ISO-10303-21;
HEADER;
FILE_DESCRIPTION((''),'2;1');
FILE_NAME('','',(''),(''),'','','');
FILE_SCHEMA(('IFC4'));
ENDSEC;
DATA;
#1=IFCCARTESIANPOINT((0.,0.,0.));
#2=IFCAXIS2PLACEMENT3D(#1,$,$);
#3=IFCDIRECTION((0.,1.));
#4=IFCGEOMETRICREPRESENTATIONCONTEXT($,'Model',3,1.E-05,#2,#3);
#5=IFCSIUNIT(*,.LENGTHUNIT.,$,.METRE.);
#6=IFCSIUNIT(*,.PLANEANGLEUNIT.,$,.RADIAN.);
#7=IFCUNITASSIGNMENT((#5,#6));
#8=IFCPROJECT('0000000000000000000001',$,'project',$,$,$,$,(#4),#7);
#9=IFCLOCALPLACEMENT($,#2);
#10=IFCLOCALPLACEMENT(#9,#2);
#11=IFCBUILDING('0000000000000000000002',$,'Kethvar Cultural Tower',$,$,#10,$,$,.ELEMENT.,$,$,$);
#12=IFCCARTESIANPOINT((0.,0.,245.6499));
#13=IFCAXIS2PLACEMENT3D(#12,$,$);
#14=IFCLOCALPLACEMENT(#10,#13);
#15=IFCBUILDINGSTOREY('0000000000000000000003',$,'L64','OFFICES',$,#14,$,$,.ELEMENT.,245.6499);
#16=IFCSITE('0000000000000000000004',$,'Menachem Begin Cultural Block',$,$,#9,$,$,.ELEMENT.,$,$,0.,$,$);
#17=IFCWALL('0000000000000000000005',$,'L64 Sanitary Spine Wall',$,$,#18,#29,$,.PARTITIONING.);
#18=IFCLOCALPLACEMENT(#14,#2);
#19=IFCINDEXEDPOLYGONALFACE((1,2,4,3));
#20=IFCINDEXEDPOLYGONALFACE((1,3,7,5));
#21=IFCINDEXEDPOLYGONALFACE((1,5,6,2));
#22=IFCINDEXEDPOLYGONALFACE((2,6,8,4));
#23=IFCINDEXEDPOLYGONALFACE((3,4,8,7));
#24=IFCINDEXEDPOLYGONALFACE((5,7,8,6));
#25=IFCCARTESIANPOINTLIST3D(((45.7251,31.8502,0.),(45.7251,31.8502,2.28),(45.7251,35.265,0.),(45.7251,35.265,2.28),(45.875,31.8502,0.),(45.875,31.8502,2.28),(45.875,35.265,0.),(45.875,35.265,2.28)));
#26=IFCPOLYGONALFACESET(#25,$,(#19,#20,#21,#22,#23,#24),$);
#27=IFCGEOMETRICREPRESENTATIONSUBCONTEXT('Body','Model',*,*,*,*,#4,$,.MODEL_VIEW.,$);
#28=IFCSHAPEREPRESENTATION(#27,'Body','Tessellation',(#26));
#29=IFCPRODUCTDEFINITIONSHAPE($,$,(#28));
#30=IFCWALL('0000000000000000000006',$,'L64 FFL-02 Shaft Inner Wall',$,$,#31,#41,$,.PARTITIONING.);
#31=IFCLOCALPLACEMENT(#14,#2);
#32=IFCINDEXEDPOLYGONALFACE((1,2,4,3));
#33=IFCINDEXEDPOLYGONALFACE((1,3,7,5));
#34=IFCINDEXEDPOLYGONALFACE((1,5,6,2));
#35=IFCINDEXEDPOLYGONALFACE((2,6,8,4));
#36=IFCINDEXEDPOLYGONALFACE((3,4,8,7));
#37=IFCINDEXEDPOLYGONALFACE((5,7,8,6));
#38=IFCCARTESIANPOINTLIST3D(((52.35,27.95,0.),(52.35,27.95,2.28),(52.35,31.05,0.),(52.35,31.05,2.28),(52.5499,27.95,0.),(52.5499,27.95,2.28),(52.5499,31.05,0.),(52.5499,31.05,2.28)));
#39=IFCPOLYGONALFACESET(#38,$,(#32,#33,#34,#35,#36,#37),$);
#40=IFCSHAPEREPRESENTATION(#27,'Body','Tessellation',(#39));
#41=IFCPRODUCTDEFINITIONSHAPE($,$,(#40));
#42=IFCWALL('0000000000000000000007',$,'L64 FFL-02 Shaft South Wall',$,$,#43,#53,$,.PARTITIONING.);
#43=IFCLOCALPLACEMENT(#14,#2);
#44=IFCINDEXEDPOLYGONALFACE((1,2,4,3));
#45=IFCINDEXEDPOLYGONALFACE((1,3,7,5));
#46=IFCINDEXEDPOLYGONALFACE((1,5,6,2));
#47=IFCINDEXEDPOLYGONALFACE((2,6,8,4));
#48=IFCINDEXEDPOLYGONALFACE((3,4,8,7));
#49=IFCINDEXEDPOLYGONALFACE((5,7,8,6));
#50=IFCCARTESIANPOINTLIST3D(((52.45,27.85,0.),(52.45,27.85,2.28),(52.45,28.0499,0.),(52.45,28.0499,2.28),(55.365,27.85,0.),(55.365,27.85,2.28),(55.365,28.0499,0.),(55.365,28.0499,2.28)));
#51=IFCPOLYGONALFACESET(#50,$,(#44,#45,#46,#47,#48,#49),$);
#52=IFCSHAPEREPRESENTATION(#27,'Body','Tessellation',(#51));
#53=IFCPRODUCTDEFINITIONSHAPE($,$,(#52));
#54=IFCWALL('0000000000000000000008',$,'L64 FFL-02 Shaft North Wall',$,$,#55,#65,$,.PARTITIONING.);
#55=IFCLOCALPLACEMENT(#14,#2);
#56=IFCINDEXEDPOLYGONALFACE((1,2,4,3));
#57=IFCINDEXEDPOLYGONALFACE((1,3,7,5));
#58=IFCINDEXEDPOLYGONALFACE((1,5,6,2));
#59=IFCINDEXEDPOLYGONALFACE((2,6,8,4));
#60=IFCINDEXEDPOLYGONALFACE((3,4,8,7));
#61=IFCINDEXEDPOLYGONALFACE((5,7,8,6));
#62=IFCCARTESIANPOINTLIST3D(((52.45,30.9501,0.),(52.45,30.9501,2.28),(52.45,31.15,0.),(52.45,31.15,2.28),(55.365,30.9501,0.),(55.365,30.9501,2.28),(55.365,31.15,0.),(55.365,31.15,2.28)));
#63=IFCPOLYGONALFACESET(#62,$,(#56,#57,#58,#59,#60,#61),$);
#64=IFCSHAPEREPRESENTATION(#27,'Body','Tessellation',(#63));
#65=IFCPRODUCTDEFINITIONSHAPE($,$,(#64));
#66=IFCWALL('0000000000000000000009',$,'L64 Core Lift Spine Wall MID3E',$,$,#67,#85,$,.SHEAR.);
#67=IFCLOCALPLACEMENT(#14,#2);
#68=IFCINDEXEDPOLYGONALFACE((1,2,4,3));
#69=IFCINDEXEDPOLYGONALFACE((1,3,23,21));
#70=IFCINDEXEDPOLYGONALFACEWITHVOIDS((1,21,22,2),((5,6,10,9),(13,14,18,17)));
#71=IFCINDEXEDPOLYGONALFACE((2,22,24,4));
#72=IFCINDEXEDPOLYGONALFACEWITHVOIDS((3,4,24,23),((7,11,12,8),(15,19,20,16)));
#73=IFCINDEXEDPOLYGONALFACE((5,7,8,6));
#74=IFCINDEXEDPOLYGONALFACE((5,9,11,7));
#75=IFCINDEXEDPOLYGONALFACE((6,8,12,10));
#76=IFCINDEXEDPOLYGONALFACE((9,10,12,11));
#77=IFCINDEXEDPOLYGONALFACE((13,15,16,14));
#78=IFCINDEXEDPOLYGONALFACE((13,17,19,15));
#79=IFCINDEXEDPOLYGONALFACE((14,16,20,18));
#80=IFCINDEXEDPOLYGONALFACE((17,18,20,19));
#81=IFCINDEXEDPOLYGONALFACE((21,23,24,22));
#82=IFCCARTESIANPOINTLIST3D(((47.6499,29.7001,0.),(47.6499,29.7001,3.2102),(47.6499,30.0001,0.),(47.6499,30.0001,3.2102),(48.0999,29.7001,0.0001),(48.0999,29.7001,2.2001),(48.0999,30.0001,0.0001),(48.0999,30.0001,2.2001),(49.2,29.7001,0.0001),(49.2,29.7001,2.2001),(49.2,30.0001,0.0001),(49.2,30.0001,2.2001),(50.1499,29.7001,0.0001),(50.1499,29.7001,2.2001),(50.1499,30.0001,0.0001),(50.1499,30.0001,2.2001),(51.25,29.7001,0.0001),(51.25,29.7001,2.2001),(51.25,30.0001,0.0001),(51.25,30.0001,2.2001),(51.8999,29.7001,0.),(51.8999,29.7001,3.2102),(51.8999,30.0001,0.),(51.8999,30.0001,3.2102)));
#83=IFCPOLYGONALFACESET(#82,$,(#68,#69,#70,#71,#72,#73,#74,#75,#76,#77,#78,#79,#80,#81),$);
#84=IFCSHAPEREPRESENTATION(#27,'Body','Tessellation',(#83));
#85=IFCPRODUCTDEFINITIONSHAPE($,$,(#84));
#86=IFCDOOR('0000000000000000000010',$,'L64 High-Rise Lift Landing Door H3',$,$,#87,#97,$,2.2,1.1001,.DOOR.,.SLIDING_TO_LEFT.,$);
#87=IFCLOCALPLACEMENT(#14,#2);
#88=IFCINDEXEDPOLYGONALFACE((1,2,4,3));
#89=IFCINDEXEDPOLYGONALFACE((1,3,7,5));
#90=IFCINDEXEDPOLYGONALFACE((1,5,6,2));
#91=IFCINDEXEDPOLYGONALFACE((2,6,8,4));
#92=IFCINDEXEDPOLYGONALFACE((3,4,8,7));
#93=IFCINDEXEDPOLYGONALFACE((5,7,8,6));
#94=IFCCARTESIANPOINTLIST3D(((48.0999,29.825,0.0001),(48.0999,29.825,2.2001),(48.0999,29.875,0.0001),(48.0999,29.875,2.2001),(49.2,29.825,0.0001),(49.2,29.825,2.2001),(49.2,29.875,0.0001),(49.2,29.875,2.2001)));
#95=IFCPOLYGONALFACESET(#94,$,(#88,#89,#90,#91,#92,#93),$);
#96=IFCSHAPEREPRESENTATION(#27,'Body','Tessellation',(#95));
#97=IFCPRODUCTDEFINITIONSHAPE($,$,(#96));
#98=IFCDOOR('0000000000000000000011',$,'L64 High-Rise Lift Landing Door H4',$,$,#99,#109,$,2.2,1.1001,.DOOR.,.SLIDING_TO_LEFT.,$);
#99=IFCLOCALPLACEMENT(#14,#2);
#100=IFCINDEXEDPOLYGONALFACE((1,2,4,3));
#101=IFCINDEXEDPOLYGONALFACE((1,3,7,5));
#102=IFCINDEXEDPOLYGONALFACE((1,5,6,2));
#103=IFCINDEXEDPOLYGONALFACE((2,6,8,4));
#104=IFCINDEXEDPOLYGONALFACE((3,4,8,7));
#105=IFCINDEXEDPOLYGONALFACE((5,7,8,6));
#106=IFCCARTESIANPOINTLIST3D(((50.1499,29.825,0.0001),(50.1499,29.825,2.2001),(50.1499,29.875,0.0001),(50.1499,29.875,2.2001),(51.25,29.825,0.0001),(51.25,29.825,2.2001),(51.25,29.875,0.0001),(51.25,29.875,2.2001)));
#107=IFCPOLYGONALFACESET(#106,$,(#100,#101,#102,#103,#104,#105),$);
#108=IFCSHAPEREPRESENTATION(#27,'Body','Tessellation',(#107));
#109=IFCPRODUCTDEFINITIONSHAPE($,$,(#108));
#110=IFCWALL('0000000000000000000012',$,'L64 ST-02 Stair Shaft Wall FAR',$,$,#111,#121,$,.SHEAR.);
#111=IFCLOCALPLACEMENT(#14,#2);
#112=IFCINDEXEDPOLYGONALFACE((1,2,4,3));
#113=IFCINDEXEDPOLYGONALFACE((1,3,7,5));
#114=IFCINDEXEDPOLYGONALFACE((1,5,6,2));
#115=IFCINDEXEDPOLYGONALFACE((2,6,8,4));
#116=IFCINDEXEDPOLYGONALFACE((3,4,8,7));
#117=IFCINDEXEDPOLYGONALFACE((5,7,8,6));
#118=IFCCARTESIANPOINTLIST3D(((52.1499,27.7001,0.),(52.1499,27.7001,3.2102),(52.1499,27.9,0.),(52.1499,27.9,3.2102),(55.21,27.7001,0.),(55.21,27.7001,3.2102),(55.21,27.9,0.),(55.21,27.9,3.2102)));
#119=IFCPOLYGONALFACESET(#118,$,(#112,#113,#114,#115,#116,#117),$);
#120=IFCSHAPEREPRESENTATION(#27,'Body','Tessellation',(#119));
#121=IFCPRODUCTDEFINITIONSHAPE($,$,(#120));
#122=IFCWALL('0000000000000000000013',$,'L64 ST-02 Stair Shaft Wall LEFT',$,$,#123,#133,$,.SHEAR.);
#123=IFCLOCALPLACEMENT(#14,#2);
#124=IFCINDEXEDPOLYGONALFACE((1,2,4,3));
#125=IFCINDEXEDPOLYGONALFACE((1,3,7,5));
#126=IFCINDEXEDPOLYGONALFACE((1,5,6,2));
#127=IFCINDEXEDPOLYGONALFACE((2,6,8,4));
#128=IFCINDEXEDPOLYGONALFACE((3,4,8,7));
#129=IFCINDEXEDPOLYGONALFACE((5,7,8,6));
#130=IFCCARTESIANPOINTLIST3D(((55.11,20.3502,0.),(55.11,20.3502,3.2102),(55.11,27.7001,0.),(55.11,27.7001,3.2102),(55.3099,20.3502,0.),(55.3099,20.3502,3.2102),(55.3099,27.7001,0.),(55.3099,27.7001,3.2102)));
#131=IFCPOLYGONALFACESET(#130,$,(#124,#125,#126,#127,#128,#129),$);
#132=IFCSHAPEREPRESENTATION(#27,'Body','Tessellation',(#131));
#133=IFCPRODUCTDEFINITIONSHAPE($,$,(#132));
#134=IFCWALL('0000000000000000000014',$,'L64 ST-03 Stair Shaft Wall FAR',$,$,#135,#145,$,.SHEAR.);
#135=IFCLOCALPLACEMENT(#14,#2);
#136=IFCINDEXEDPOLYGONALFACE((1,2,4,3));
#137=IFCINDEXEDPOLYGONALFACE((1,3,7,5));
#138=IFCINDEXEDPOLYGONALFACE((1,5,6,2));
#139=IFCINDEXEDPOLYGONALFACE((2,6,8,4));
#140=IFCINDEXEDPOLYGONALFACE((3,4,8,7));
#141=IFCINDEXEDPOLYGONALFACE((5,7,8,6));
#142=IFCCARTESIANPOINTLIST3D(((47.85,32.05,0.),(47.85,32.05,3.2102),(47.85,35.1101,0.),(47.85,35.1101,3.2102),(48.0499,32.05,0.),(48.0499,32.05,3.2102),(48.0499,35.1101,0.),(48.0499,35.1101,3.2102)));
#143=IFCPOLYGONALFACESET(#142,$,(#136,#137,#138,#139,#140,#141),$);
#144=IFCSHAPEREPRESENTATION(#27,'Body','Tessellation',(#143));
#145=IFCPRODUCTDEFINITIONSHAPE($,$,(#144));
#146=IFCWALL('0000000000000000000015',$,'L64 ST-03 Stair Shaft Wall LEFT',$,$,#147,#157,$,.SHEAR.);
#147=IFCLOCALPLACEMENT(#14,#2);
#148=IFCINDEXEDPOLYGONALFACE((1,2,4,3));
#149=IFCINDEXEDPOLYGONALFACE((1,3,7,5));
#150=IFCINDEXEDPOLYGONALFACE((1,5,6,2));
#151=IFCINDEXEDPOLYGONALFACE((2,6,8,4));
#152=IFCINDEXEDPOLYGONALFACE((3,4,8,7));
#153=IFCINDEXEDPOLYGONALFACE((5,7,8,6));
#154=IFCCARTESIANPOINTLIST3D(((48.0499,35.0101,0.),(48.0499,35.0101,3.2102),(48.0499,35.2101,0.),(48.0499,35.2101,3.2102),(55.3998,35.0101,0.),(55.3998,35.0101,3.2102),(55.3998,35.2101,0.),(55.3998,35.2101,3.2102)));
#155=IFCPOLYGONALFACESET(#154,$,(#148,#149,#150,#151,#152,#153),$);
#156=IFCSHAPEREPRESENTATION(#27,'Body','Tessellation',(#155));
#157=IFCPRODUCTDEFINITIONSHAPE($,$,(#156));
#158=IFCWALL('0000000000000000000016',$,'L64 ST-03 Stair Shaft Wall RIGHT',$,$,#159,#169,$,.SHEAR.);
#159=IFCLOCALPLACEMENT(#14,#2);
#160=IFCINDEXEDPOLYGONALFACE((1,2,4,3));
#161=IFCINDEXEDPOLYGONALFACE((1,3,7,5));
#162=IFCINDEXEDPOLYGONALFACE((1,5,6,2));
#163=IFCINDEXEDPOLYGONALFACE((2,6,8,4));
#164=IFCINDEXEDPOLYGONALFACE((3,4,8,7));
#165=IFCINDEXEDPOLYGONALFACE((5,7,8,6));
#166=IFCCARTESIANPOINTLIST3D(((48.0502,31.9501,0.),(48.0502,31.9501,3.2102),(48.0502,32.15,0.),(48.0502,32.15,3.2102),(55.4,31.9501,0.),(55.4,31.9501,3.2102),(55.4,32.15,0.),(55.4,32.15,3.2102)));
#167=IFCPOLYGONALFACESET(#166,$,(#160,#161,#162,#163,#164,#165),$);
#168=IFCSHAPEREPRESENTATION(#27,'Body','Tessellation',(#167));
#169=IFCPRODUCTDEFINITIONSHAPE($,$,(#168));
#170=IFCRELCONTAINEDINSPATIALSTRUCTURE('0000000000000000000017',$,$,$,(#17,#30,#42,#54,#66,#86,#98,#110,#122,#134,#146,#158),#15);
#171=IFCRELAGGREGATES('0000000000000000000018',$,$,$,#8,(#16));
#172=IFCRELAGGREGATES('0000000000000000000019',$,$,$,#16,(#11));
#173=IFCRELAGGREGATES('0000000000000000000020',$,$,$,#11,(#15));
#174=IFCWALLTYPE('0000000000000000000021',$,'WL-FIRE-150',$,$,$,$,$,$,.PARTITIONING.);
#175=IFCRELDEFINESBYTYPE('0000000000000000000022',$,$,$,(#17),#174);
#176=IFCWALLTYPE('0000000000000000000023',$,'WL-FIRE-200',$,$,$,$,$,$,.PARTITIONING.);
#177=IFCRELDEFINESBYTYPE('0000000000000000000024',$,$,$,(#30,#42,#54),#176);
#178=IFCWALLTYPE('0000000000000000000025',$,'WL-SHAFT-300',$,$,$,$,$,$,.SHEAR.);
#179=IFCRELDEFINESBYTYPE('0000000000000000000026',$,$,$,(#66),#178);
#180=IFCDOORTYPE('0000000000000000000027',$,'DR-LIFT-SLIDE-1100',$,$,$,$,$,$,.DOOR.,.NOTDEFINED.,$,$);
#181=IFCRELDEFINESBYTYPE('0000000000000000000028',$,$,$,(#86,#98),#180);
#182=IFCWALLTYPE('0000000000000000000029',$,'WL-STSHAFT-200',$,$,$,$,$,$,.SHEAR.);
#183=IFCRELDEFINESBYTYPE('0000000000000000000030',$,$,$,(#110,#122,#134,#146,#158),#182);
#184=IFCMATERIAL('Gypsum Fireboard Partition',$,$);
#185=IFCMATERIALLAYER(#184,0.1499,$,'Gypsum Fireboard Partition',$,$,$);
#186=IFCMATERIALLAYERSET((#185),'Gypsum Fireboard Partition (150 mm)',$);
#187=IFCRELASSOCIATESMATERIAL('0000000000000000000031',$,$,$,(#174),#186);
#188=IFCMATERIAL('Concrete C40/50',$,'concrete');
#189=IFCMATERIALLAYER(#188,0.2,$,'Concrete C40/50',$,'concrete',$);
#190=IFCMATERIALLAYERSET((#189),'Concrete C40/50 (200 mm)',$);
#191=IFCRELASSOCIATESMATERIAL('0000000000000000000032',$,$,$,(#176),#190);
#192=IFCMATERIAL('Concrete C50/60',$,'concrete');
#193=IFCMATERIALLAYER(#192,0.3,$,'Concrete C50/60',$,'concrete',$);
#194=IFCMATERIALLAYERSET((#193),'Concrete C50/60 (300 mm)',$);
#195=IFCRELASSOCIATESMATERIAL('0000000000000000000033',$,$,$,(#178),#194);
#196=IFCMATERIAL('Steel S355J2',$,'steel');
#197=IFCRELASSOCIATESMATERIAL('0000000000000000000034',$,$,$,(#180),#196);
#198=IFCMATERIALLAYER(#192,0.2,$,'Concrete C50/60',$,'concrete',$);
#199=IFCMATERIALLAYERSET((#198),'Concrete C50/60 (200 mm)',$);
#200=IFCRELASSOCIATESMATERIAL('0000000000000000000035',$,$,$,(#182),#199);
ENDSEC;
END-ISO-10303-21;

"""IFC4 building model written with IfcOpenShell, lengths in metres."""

from ifc_helpers import new_model, si_unit, direction, frame, frame_2d, origin, place, context, subcontext, project, spatial, rectangle, extrude, source, transform, mapped, material, layer, layer_set, type_object, element, fill, save


model = new_model("IFC4")

# Units and contexts
model_context = context("Model", 3, precision=1e-05, world=origin(), true_north=direction((0.0, 1.0)))
body_context = subcontext(model_context, "Body", "Model", "MODEL_VIEW")
ifc_project = project(units=[si_unit("LENGTHUNIT", "METRE"), si_unit("PLANEANGLEUNIT", "RADIAN")], contexts=[model_context])

# Site, building, storey
site_placement = place(None, origin())
site = spatial("IfcSite", under=ifc_project, at=site_placement, Name="Menachem Begin Cultural Block", CompositionType="ELEMENT", RefElevation=0.0)
building_placement = place(site_placement, origin())
building = spatial("IfcBuilding", under=site, at=building_placement, Name="Kethvar Cultural Tower", CompositionType="ELEMENT")
storey_placement = place(building_placement, frame((0.0, 0.0, 245.6499)))
storey = spatial("IfcBuildingStorey", under=building, at=storey_placement, Name="L64", Description="OFFICES", CompositionType="ELEMENT", Elevation=245.6499)

# Shared definitions
ifc_material_1 = material(Name="Steel S355J2", Category="steel")

# Walls
ifc_material_2 = material(Name="Gypsum Fireboard Partition")
ifc_layer_1 = layer(ifc_material_2, 0.1499, Name="Gypsum Fireboard Partition")
ifc_layer_set_1 = layer_set([ifc_layer_1], Name="Gypsum Fireboard Partition (150 mm)")
wall_type_1 = type_object("IfcWallType", Name="WL-FIRE-150", PredefinedType="PARTITIONING", material=ifc_layer_set_1)
wall_1_placement = place(storey_placement, frame((45.8, 31.8501, 0.0), z_axis=(0.0, 0.0, 1.0), x_axis=(0.0, 1.0, 0.0)))
element("IfcWall", 1, at=wall_1_placement, inside=storey, type_object=wall_type_1, Name="L64 Sanitary Spine Wall", PredefinedType="PARTITIONING", context=body_context, shape_type="SweptSolid", body=[
    extrude(rectangle(XDim=3.4148, YDim=0.1499, at=frame_2d((1.7075, 0.0))), origin(), (0.0, 0.0, 1.0), 2.28),
])
ifc_material_3 = material(Name="Concrete C40/50", Category="concrete")
ifc_layer_2 = layer(ifc_material_3, 0.2, Name="Concrete C40/50", Category="concrete")
ifc_layer_set_2 = layer_set([ifc_layer_2], Name="Concrete C40/50 (200 mm)")
wall_type_2 = type_object("IfcWallType", Name="WL-FIRE-200", PredefinedType="PARTITIONING", material=ifc_layer_set_2)
wall_2_placement = place(storey_placement, frame((52.45, 27.95, 0.0), z_axis=(0.0, 0.0, 1.0), x_axis=(0.0, 1.0, 0.0)))
element("IfcWall", 2, at=wall_2_placement, inside=storey, type_object=wall_type_2, Name="L64 FFL-02 Shaft Inner Wall", PredefinedType="PARTITIONING", context=body_context, shape_type="SweptSolid", body=[
    extrude(rectangle(XDim=3.1001, YDim=0.2, at=frame_2d((1.55, 0.0))), origin(), (0.0, 0.0, 1.0), 2.28),
])
for number, where, z_axis, x_axis, name in (
    (3, (52.45, 27.95, 0.0), (0.0, 0.0, 1.0), (1.0, 0.0, 0.0), "L64 FFL-02 Shaft South Wall"),
    (4, (52.45, 31.05, 0.0), (0.0, 0.0, 1.0), (1.0, 0.0, 0.0), "L64 FFL-02 Shaft North Wall"),
):
    element("IfcWall", number, at=place(storey_placement, frame(where, z_axis=z_axis, x_axis=x_axis)), inside=storey, type_object=wall_type_2, Name=name, PredefinedType="PARTITIONING", context=body_context, shape_type="SweptSolid", body=[
        extrude(rectangle(XDim=2.915, YDim=0.2, at=frame_2d((1.4575, 0.0))), origin(), (0.0, 0.0, 1.0), 2.28),
    ])

# Wall, openings, doors
ifc_material_4 = material(Name="Concrete C50/60", Category="concrete")
ifc_layer_3 = layer(ifc_material_4, 0.3, Name="Concrete C50/60", Category="concrete")
ifc_layer_set_3 = layer_set([ifc_layer_3], Name="Concrete C50/60 (300 mm)")
wall_type_3 = type_object("IfcWallType", Name="WL-SHAFT-300", PredefinedType="SHEAR", material=ifc_layer_set_3)
wall_3_placement = place(storey_placement, frame((47.6499, 29.8501, 0.0), z_axis=(0.0, 0.0, 1.0), x_axis=(1.0, 0.0, 0.0)))
wall_3 = element("IfcWall", 5, at=wall_3_placement, inside=storey, type_object=wall_type_3, Name="L64 Core Lift Spine Wall MID3E", PredefinedType="SHEAR", context=body_context, shape_type="SweptSolid", body=[
    extrude(rectangle(XDim=4.25, YDim=0.3, at=frame_2d((2.125, 0.0))), origin(), (0.0, 0.0, 1.0), 3.2102),
])
opening_1_placement = place(wall_3_placement, frame((0.45, 0.0, 0.0)))
opening_1 = element("IfcOpeningElement", 6, at=opening_1_placement, cuts=wall_3, PredefinedType="OPENING", context=body_context, shape_type="SweptSolid", body=[
    extrude(rectangle(XDim=1.1001, YDim=2.2, at=frame_2d((0.55, 1.1001))), frame((0.0, 0.1599, 0.0), z_axis=(0.0, -1.0, 0.0), x_axis=(1.0, 0.0, 0.0)), (0.0, 0.0, 1.0), 0.3201),
])
opening_2_placement = place(wall_3_placement, frame((2.5, 0.0, 0.0)))
opening_2 = element("IfcOpeningElement", 7, at=opening_2_placement, cuts=wall_3, PredefinedType="OPENING", context=body_context, shape_type="SweptSolid", body=[
    extrude(rectangle(XDim=1.1001, YDim=2.2, at=frame_2d((0.55, 1.1001))), frame((0.0, 0.1599, 0.0), z_axis=(0.0, -1.0, 0.0), x_axis=(1.0, 0.0, 0.0)), (0.0, 0.0, 1.0), 0.3201),
])
door_type = type_object("IfcDoorType", Name="DR-LIFT-SLIDE-1100", OperationType="NOTDEFINED", PredefinedType="DOOR", material=ifc_material_1)
shared_shape_1 = source(origin(), body_context, "Body", "SweptSolid", [
    extrude(rectangle(XDim=1.1001, YDim=2.2, at=frame_2d((0.55, 1.1001))), frame((0.0, 0.0249, 0.0), z_axis=(0.0, -1.0, 0.0), x_axis=(1.0, 0.0, 0.0)), (0.0, 0.0, 1.0), 0.05),
])
door_1_placement = place(opening_1_placement, origin())
door_1 = element("IfcDoor", 8, at=door_1_placement, inside=storey, type_object=door_type, Name="L64 High-Rise Lift Landing Door H3", OperationType="SLIDING_TO_LEFT", OverallHeight=2.2, OverallWidth=1.1001, PredefinedType="DOOR", context=body_context, shape_type="MappedRepresentation", body=[
    mapped(shared_shape_1, transform((0.0, 0.0, 0.0), scale=1.0)),
])
fill(opening_1, door_1)
door_2_placement = place(opening_2_placement, origin())
door_2 = element("IfcDoor", 9, at=door_2_placement, inside=storey, type_object=door_type, Name="L64 High-Rise Lift Landing Door H4", OperationType="SLIDING_TO_LEFT", OverallHeight=2.2, OverallWidth=1.1001, PredefinedType="DOOR", context=body_context, shape_type="MappedRepresentation", body=[
    mapped(shared_shape_1, transform((0.0, 0.0, 0.0), scale=1.0)),
])
fill(opening_2, door_2)

# Walls
ifc_layer_4 = layer(ifc_material_4, 0.2, Name="Concrete C50/60", Category="concrete")
ifc_layer_set_4 = layer_set([ifc_layer_4], Name="Concrete C50/60 (200 mm)")
wall_type_4 = type_object("IfcWallType", Name="WL-STSHAFT-200", PredefinedType="SHEAR", material=ifc_layer_set_4)
wall_4_placement = place(storey_placement, frame((52.1499, 27.8, 0.0), z_axis=(0.0, 0.0, 1.0), x_axis=(1.0, 0.0, 0.0)))
element("IfcWall", 10, at=wall_4_placement, inside=storey, type_object=wall_type_4, Name="L64 ST-02 Stair Shaft Wall FAR", PredefinedType="SHEAR", context=body_context, shape_type="SweptSolid", body=[
    extrude(rectangle(XDim=3.0601, YDim=0.2, at=frame_2d((1.53, 0.0))), origin(), (0.0, 0.0, 1.0), 3.2102),
])
wall_5_placement = place(storey_placement, frame((55.21, 27.7, 0.0), z_axis=(0.0, 0.0, 1.0), x_axis=(0.0, -1.0, 0.0)))
element("IfcWall", 11, at=wall_5_placement, inside=storey, type_object=wall_type_4, Name="L64 ST-02 Stair Shaft Wall LEFT", PredefinedType="SHEAR", context=body_context, shape_type="SweptSolid", body=[
    extrude(rectangle(XDim=7.3499, YDim=0.2, at=frame_2d((3.6748, 0.0))), origin(), (0.0, 0.0, 1.0), 3.2102),
])
wall_6_placement = place(storey_placement, frame((47.95, 32.05, 0.0), z_axis=(0.0, 0.0, 1.0), x_axis=(0.0, 1.0, 0.0)))
element("IfcWall", 12, at=wall_6_placement, inside=storey, type_object=wall_type_4, Name="L64 ST-03 Stair Shaft Wall FAR", PredefinedType="SHEAR", context=body_context, shape_type="SweptSolid", body=[
    extrude(rectangle(XDim=3.0601, YDim=0.2, at=frame_2d((1.53, 0.0))), origin(), (0.0, 0.0, 1.0), 3.2102),
])
for number, where, z_axis, x_axis, name in (
    (13, (48.05, 35.1101, 0.0), (0.0, 0.0, 1.0), (1.0, 0.0, 0.0), "L64 ST-03 Stair Shaft Wall LEFT"),
    (14, (55.3999, 32.05, 0.0), (0.0, 0.0, 1.0), (-1.0, 0.0, 0.0), "L64 ST-03 Stair Shaft Wall RIGHT"),
):
    element("IfcWall", number, at=place(storey_placement, frame(where, z_axis=z_axis, x_axis=x_axis)), inside=storey, type_object=wall_type_4, Name=name, PredefinedType="SHEAR", context=body_context, shape_type="SweptSolid", body=[
        extrude(rectangle(XDim=7.3499, YDim=0.2, at=frame_2d((3.6748, 0.0))), origin(), (0.0, 0.0, 1.0), 3.2102),
    ])

save(model, "model.ifc")
